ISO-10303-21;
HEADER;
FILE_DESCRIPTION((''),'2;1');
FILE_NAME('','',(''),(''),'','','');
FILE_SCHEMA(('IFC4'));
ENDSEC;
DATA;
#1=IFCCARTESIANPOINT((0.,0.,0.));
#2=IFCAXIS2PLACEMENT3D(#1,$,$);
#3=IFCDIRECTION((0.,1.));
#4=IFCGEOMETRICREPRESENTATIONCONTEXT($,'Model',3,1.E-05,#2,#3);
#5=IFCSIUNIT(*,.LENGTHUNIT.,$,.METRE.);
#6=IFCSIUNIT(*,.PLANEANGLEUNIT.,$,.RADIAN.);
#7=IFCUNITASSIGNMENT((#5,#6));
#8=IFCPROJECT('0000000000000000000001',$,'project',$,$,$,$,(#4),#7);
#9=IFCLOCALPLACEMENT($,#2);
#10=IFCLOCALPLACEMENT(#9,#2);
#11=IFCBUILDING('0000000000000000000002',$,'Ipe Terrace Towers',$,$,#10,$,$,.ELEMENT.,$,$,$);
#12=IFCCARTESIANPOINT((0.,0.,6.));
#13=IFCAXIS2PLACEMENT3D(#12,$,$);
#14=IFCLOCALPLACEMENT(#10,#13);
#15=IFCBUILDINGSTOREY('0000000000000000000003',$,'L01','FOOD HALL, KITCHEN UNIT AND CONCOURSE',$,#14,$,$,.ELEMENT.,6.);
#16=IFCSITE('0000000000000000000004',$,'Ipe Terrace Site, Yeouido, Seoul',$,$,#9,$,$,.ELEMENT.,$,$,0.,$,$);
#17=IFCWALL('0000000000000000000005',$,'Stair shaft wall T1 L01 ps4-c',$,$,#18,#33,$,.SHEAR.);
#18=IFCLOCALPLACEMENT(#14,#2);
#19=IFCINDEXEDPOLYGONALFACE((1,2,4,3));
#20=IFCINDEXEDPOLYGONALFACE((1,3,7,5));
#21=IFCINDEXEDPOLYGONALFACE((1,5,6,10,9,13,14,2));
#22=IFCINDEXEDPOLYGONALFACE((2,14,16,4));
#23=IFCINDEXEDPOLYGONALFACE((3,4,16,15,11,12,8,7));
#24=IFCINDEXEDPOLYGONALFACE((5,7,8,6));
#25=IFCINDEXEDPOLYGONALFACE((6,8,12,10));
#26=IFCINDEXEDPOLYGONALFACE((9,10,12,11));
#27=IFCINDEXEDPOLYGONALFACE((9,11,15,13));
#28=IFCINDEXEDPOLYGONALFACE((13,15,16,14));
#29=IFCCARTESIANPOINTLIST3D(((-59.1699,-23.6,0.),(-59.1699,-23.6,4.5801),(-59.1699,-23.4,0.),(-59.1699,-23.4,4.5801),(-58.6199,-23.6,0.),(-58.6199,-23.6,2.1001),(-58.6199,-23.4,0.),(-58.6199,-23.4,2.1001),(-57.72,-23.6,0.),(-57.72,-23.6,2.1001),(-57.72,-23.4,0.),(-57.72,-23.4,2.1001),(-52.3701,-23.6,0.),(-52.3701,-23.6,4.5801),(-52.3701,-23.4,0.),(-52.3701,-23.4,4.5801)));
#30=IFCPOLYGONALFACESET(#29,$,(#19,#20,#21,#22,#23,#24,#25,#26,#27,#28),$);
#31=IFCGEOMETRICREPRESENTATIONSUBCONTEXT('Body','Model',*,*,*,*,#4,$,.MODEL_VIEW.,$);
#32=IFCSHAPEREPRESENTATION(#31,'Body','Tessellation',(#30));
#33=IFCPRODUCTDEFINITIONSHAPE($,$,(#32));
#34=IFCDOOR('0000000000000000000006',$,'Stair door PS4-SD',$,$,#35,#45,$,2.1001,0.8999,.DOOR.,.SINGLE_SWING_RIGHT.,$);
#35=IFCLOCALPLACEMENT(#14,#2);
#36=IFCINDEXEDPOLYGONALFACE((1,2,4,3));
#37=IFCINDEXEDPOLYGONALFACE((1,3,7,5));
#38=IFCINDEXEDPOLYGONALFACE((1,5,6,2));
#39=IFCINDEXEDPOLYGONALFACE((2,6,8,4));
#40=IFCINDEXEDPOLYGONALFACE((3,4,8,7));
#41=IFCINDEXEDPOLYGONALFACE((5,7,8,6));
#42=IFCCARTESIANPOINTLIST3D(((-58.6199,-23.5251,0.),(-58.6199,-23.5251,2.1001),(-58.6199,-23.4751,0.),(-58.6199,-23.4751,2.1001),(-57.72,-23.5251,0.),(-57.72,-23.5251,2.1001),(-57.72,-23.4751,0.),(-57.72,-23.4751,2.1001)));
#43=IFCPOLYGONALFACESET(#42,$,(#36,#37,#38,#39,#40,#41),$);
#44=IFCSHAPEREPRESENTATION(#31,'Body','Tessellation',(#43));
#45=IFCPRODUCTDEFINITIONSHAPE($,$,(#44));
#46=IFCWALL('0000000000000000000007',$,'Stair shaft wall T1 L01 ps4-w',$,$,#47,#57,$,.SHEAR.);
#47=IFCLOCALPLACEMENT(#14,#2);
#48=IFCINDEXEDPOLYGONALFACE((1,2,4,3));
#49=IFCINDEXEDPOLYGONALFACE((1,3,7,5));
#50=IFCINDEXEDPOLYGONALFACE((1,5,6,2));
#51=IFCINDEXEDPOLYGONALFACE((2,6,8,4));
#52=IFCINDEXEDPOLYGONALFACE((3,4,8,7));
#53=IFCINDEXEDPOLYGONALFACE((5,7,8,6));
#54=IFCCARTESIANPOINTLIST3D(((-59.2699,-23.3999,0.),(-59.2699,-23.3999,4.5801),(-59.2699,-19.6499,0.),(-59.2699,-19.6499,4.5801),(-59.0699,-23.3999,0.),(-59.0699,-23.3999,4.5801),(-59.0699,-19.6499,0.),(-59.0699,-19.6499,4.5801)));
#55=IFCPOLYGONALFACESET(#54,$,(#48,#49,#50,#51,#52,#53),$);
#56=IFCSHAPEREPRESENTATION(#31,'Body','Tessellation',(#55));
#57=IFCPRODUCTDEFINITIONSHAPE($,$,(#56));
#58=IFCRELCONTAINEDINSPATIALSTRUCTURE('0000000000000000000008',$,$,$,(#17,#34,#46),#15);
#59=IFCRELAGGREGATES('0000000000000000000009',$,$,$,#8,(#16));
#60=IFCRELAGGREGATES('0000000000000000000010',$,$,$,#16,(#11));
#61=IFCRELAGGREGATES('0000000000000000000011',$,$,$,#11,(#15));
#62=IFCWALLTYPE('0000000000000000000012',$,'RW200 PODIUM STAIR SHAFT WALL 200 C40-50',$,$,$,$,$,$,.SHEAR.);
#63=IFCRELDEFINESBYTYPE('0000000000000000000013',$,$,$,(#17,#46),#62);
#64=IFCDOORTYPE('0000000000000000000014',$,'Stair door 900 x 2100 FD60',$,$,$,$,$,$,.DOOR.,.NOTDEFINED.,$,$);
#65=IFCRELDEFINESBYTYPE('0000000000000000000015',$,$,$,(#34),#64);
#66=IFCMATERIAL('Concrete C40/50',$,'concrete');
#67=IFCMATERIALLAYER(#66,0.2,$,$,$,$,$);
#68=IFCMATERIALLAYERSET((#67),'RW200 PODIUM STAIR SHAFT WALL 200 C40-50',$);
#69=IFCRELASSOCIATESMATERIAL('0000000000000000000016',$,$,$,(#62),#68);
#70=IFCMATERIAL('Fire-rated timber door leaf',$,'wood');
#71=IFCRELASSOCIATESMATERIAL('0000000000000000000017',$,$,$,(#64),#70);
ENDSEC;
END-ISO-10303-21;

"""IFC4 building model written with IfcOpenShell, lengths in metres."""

from ifc_helpers import new_model, si_unit, direction, frame, frame_2d, origin, place, context, subcontext, project, spatial, rectangle, extrude, material, layer, layer_set, type_object, element, fill, save


model = new_model("IFC4")

# Units and contexts
model_context = context("Model", 3, precision=1e-05, world=origin(), true_north=direction((0.0, 1.0)))
body_context = subcontext(model_context, "Body", "Model", "MODEL_VIEW")
ifc_project = project(units=[si_unit("LENGTHUNIT", "METRE"), si_unit("PLANEANGLEUNIT", "RADIAN")], contexts=[model_context])

# Site, building, storey
site_placement = place(None, origin())
site = spatial("IfcSite", under=ifc_project, at=site_placement, Name="Ipe Terrace Site, Yeouido, Seoul", CompositionType="ELEMENT", RefElevation=0.0)
building_placement = place(site_placement, origin())
building = spatial("IfcBuilding", under=site, at=building_placement, Name="Ipe Terrace Towers", CompositionType="ELEMENT")
storey_placement = place(building_placement, frame((0.0, 0.0, 6.0)))
storey = spatial("IfcBuildingStorey", under=building, at=storey_placement, Name="L01", Description="FOOD HALL, KITCHEN UNIT AND CONCOURSE", CompositionType="ELEMENT", Elevation=6.0)

# Wall, opening, door
ifc_material_1 = material(Name="Concrete C40/50", Category="concrete")
ifc_layer_1 = layer(ifc_material_1, 0.2)
ifc_layer_set_1 = layer_set([ifc_layer_1], Name="RW200 PODIUM STAIR SHAFT WALL 200 C40-50")
wall_type_1 = type_object("IfcWallType", Name="RW200 PODIUM STAIR SHAFT WALL 200 C40-50", PredefinedType="SHEAR", material=ifc_layer_set_1)
wall_1_placement = place(storey_placement, frame((-59.1699, -23.5, 0.0), z_axis=(0.0, 0.0, 1.0), x_axis=(1.0, 0.0, 0.0)))
wall_1 = element("IfcWall", 1, at=wall_1_placement, inside=storey, type_object=wall_type_1, Name="Stair shaft wall T1 L01 ps4-c", PredefinedType="SHEAR", context=body_context, shape_type="SweptSolid", body=[
    extrude(rectangle(XDim=6.7998, YDim=0.2, at=frame_2d((3.3999, 0.0))), origin(), (0.0, 0.0, 1.0), 4.5801),
])
opening_1_placement = place(wall_1_placement, frame((0.55, 0.0, 0.0)))
opening_1 = element("IfcOpeningElement", 2, at=opening_1_placement, cuts=wall_1, PredefinedType="OPENING", context=body_context, shape_type="SweptSolid", body=[
    extrude(rectangle(XDim=0.8999, YDim=2.1001, at=frame_2d((0.45, 1.05))), frame((0.0, 0.1099, 0.0), z_axis=(0.0, -1.0, 0.0), x_axis=(1.0, 0.0, 0.0)), (0.0, 0.0, 1.0), 0.22),
])
ifc_material_2 = material(Name="Fire-rated timber door leaf", Category="wood")
door_type_1 = type_object("IfcDoorType", Name="Stair door 900 x 2100 FD60", OperationType="NOTDEFINED", PredefinedType="DOOR", material=ifc_material_2)
door_1_placement = place(opening_1_placement, origin())
door_1 = element("IfcDoor", 3, at=door_1_placement, inside=storey, type_object=door_type_1, Name="Stair door PS4-SD", OperationType="SINGLE_SWING_RIGHT", OverallHeight=2.1001, OverallWidth=0.8999, PredefinedType="DOOR", context=body_context, shape_type="SweptSolid", body=[
    extrude(rectangle(XDim=0.8999, YDim=2.1001, at=frame_2d((0.45, 1.05))), frame((0.0, 0.0249, 0.0), z_axis=(0.0, -1.0, 0.0), x_axis=(1.0, 0.0, 0.0)), (0.0, 0.0, 1.0), 0.05),
])
fill(opening_1, door_1)

# Wall
wall_2_placement = place(storey_placement, frame((-59.1699, -23.3999, 0.0), z_axis=(0.0, 0.0, 1.0), x_axis=(0.0, 1.0, 0.0)))
element("IfcWall", 4, at=wall_2_placement, inside=storey, type_object=wall_type_1, Name="Stair shaft wall T1 L01 ps4-w", PredefinedType="SHEAR", context=body_context, shape_type="SweptSolid", body=[
    extrude(rectangle(XDim=3.75, YDim=0.2, at=frame_2d((1.875, 0.0))), origin(), (0.0, 0.0, 1.0), 4.5801),
])

save(model, "model.ifc")
